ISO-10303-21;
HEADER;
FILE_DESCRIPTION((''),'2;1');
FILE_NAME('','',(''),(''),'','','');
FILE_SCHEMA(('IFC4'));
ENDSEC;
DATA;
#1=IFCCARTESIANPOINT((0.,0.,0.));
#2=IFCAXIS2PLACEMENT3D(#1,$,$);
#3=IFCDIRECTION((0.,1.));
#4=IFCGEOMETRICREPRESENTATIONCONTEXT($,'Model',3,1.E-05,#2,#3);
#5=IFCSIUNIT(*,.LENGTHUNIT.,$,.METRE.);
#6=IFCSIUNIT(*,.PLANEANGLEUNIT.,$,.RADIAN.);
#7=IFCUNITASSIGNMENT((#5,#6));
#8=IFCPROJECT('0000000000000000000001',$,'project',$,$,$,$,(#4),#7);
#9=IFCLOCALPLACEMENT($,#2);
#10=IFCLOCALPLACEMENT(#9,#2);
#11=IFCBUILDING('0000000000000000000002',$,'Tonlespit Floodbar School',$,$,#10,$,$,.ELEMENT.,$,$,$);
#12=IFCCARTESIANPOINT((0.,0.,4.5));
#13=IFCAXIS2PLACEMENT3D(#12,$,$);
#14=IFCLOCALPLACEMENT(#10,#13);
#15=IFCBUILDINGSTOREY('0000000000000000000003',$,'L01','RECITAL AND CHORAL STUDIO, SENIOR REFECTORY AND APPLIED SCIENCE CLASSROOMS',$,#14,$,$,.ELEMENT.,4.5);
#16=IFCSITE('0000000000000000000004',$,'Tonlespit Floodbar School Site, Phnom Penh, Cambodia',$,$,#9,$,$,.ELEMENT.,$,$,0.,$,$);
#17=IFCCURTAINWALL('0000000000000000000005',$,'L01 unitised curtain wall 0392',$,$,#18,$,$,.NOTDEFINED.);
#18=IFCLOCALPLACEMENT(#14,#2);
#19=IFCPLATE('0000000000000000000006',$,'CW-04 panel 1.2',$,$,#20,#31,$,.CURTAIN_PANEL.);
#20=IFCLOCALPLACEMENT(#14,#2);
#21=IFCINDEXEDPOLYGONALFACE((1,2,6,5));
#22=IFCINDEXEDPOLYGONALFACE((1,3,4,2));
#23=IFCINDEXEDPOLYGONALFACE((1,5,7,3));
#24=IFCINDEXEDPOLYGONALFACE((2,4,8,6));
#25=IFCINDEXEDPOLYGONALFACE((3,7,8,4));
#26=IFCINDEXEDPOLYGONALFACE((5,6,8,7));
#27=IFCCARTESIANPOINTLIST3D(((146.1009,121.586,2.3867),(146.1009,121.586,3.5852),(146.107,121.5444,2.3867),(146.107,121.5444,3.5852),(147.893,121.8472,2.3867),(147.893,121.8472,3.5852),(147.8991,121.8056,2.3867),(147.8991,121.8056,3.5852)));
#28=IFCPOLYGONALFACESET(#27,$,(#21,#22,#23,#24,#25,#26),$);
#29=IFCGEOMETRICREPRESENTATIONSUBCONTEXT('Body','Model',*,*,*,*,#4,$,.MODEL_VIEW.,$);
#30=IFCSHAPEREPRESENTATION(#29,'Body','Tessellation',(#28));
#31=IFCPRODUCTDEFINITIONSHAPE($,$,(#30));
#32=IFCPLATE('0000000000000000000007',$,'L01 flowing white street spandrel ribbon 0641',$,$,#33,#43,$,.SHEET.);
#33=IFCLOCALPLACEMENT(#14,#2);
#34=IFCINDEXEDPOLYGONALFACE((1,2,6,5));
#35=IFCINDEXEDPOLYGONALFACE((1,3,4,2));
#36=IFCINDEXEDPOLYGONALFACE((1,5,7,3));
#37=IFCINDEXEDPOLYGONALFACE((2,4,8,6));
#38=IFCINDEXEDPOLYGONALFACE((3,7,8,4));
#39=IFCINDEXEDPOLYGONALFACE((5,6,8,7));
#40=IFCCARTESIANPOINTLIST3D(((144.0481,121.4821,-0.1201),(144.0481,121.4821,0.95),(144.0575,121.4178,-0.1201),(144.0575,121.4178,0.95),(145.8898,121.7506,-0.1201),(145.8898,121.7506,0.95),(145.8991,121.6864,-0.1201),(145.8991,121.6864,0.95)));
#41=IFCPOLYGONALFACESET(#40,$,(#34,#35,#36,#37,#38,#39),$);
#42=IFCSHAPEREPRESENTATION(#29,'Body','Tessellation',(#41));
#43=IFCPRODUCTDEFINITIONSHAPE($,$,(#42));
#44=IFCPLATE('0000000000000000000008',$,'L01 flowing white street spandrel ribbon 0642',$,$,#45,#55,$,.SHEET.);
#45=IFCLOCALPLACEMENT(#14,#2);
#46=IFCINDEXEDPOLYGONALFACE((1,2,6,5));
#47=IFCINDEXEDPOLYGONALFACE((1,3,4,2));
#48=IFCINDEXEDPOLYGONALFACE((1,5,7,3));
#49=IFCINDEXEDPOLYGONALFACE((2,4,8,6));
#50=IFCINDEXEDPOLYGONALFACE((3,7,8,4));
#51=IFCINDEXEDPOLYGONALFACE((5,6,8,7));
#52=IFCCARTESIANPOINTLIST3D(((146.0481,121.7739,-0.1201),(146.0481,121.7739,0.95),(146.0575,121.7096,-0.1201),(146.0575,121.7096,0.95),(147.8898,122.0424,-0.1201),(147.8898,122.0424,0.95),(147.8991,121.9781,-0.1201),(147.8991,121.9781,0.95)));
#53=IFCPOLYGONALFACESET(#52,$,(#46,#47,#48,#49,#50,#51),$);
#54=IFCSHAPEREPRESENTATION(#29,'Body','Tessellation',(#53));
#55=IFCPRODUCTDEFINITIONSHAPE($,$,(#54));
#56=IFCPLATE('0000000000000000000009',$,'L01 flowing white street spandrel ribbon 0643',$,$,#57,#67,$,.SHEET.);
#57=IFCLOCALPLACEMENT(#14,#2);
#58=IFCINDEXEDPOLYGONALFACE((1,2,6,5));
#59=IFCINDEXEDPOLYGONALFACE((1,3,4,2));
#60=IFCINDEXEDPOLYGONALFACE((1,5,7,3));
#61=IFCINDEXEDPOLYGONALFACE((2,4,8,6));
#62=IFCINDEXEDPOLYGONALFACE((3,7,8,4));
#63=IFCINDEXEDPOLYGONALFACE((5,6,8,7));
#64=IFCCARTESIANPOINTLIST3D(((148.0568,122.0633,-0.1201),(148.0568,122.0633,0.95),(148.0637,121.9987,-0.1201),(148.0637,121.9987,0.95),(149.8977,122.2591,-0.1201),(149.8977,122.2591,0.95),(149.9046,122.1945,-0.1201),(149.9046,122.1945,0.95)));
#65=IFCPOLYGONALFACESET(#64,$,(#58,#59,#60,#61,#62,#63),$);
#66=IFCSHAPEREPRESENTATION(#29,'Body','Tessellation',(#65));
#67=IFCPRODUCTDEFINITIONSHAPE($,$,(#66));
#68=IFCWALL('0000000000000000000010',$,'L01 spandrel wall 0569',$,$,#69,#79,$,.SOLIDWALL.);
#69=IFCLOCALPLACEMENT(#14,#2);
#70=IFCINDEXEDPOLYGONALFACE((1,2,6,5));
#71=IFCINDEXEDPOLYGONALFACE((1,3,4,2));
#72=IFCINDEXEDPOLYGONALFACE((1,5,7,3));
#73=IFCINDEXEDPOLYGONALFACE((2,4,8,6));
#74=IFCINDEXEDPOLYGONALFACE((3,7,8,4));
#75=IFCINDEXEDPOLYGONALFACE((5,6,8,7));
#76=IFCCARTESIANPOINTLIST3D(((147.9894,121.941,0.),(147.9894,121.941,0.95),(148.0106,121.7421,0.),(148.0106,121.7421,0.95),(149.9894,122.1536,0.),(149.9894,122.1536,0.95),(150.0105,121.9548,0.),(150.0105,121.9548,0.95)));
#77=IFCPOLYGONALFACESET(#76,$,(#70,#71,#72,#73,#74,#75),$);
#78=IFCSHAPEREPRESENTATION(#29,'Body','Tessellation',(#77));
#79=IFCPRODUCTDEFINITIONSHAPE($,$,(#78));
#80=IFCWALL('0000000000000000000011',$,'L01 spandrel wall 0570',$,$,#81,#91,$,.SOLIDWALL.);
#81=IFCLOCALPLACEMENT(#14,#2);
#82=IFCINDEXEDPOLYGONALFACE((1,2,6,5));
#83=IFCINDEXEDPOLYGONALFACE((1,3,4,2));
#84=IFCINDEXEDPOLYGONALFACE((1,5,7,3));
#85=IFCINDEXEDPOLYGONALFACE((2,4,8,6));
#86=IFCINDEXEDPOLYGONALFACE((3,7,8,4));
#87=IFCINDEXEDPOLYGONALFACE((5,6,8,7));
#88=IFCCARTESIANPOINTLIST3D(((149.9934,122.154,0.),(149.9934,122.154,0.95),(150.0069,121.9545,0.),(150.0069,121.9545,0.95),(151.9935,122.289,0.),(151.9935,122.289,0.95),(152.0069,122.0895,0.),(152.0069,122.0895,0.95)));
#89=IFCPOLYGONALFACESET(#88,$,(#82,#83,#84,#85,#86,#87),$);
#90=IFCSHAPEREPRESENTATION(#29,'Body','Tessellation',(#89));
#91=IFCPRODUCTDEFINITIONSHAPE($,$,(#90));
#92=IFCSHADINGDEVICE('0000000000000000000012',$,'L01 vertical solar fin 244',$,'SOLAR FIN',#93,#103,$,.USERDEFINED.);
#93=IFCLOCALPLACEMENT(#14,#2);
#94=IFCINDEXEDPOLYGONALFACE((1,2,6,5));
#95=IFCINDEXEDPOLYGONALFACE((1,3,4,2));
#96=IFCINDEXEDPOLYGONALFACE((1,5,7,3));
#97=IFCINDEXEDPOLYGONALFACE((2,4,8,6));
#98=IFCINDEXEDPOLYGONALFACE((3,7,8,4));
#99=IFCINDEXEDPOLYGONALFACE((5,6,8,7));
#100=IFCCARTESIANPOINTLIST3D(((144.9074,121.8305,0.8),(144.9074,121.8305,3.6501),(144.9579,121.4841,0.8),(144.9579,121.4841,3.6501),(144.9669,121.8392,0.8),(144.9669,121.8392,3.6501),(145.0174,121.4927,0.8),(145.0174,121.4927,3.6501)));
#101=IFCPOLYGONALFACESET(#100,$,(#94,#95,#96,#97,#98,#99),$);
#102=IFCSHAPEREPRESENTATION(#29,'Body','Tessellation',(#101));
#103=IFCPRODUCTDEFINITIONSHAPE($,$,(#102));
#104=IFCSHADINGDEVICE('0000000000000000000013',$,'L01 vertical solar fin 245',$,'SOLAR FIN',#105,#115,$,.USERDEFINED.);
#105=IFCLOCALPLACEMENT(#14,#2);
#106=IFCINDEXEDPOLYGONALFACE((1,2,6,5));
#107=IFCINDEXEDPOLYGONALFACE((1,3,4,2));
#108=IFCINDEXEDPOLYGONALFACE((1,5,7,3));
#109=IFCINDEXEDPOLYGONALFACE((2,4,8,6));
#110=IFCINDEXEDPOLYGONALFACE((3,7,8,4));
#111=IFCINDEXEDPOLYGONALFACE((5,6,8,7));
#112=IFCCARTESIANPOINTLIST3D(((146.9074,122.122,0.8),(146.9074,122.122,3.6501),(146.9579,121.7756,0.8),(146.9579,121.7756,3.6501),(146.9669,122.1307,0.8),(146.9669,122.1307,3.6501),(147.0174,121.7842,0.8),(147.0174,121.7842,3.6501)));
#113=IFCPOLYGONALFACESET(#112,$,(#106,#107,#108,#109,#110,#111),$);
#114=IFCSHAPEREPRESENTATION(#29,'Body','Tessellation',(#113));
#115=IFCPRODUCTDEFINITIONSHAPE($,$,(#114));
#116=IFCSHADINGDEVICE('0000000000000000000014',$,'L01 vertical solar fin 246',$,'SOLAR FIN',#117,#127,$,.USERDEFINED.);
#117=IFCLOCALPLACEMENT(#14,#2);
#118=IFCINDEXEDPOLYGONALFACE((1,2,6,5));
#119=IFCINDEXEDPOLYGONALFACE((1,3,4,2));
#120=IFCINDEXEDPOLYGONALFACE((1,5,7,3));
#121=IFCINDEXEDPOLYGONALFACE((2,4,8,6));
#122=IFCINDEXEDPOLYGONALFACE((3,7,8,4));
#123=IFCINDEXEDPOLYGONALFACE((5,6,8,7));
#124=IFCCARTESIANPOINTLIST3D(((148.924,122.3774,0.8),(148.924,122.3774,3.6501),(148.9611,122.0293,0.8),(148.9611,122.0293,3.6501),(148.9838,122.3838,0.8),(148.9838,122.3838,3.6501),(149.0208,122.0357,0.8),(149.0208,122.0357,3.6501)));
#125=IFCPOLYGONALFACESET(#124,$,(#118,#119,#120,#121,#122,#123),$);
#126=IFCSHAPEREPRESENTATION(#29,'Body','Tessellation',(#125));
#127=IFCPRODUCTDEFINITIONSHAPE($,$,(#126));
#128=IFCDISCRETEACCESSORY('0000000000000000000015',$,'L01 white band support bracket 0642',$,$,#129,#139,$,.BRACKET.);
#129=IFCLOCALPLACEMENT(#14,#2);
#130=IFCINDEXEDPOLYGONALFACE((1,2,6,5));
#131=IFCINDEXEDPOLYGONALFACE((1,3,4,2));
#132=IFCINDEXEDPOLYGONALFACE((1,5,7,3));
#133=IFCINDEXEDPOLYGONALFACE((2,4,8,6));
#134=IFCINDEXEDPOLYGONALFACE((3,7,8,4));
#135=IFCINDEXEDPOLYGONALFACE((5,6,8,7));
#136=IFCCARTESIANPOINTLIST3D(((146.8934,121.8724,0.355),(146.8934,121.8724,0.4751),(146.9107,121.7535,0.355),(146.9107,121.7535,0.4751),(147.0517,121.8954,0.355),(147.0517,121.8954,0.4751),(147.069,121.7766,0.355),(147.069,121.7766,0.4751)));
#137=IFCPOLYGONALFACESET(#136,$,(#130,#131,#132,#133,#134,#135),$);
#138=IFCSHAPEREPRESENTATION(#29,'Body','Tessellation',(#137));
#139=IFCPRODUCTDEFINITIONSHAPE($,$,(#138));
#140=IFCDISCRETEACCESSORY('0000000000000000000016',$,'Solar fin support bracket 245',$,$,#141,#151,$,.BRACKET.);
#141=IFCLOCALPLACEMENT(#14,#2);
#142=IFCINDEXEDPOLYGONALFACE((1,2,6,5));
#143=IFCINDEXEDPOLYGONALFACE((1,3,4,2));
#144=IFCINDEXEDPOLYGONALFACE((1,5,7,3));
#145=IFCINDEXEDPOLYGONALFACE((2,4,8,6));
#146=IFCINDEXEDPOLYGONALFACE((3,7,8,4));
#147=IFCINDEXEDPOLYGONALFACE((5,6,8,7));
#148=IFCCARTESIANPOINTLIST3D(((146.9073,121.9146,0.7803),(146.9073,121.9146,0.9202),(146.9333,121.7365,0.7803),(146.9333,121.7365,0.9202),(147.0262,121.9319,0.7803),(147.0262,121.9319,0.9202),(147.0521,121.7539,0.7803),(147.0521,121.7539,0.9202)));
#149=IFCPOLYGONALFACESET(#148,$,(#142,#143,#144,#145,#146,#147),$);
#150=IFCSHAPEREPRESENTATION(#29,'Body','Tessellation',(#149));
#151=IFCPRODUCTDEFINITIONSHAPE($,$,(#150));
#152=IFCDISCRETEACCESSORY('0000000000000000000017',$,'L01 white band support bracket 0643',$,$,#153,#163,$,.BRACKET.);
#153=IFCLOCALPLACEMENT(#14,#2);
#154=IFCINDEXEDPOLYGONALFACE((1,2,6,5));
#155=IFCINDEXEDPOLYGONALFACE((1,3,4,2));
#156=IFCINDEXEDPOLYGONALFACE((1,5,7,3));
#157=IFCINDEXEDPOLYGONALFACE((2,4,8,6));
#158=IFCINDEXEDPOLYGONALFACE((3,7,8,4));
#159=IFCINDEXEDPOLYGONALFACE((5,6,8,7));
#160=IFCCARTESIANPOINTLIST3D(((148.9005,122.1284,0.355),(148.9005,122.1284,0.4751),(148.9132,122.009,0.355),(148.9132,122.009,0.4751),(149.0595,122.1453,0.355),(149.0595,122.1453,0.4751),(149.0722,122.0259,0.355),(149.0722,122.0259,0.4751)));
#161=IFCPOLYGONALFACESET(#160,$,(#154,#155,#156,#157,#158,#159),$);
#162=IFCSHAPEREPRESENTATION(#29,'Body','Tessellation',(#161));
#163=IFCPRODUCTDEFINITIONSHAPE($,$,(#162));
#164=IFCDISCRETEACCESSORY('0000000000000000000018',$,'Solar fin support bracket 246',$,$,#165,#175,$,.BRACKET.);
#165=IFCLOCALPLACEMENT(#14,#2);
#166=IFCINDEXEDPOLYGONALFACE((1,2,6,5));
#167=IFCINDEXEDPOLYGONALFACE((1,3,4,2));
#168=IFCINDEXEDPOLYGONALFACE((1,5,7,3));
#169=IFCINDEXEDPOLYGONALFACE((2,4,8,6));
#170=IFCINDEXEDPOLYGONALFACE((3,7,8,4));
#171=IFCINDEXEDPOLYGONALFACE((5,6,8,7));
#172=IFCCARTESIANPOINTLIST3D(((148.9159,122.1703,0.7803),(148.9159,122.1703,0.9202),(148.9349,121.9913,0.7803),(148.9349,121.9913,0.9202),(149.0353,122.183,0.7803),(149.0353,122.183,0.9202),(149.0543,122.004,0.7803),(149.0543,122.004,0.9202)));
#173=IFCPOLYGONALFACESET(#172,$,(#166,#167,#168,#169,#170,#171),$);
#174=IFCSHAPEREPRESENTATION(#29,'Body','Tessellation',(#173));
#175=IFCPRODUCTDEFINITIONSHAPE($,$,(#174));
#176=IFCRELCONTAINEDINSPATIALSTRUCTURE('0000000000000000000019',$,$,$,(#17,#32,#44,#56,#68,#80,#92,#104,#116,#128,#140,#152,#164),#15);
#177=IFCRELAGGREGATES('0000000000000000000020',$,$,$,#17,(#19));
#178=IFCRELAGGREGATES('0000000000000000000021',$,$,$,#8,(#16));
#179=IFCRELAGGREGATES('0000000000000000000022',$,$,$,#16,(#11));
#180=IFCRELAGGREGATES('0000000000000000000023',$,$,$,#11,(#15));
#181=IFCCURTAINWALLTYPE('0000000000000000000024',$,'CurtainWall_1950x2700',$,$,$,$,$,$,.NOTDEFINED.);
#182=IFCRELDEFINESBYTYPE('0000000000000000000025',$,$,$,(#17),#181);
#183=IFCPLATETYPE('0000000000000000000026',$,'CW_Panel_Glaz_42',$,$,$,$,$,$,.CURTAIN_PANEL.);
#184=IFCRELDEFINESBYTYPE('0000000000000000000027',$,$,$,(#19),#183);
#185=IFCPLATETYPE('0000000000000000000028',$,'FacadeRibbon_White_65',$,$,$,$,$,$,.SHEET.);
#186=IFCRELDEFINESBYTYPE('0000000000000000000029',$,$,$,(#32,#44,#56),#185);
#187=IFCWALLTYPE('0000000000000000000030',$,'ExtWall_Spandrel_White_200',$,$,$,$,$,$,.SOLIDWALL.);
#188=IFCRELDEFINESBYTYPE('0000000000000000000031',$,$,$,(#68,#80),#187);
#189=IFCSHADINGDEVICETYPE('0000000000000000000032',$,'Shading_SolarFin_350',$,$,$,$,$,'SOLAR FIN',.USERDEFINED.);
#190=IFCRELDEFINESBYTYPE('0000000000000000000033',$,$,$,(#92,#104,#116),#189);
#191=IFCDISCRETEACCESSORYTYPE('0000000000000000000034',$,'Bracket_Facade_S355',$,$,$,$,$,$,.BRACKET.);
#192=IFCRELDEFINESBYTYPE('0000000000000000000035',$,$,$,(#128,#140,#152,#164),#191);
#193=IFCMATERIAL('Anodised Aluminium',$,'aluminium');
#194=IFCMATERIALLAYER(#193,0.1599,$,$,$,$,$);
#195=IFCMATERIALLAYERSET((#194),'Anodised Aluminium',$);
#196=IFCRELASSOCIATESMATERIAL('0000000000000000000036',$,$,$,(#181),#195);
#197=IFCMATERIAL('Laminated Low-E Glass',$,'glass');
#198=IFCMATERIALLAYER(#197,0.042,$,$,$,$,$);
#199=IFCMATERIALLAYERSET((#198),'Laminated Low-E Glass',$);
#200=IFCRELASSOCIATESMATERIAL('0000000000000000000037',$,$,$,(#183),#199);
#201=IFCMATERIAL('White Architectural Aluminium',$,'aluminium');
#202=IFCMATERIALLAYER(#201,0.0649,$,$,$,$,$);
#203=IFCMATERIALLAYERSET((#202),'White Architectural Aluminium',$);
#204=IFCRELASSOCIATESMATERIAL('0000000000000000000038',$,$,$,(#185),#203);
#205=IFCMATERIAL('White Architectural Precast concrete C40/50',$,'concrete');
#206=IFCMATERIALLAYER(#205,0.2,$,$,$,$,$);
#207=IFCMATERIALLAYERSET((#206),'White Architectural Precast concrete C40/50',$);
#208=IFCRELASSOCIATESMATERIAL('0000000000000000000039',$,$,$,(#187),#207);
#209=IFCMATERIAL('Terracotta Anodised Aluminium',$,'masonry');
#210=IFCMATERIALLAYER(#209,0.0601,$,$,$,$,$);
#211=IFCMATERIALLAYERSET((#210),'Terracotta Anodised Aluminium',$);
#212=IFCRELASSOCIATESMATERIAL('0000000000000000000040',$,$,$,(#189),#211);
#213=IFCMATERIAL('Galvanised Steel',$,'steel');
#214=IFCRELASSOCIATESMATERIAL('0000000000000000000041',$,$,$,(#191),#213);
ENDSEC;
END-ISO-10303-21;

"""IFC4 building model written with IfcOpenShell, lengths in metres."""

from ifc_helpers import new_model, si_unit, direction, frame, frame_2d, origin, origin_2d, place, context, subcontext, project, spatial, rectangle, extrude, material, layer, layer_set, type_object, element, aggregate, save


model = new_model("IFC4")

# Units and contexts
model_context = context("Model", 3, precision=1e-05, world=origin(), true_north=direction((0.0, 1.0)))
body_context = subcontext(model_context, "Body", "Model", "MODEL_VIEW")
ifc_project = project(units=[si_unit("LENGTHUNIT", "METRE"), si_unit("PLANEANGLEUNIT", "RADIAN")], contexts=[model_context])

# Site, building, storey
site_placement = place(None, origin())
site = spatial("IfcSite", under=ifc_project, at=site_placement, Name="Tonlespit Floodbar School Site, Phnom Penh, Cambodia", CompositionType="ELEMENT", RefElevation=0.0)
building_placement = place(site_placement, origin())
building = spatial("IfcBuilding", under=site, at=building_placement, Name="Tonlespit Floodbar School", CompositionType="ELEMENT")
storey_placement = place(building_placement, frame((0.0, 0.0, 4.5)))
storey = spatial("IfcBuildingStorey", under=building, at=storey_placement, Name="L01", Description="RECITAL AND CHORAL STUDIO, SENIOR REFECTORY AND APPLIED SCIENCE CLASSROOMS", CompositionType="ELEMENT", Elevation=4.5)

# Curtain wall
ifc_material_1 = material(Name="Anodised Aluminium", Category="aluminium")
ifc_layer_1 = layer(ifc_material_1, 0.1599)
ifc_layer_set_1 = layer_set([ifc_layer_1], Name="Anodised Aluminium")
curtain_wall_type_1 = type_object("IfcCurtainWallType", Name="CurtainWall_1950x2700", PredefinedType="NOTDEFINED", material=ifc_layer_set_1)
curtain_wall_1_placement = place(storey_placement, origin())
curtain_wall_1 = element("IfcCurtainWall", 1, at=curtain_wall_1_placement, inside=storey, type_object=curtain_wall_type_1, Name="L01 unitised curtain wall 0392", PredefinedType="NOTDEFINED")

# Plate
ifc_material_2 = material(Name="Laminated Low-E Glass", Category="glass")
ifc_layer_2 = layer(ifc_material_2, 0.042)
ifc_layer_set_2 = layer_set([ifc_layer_2], Name="Laminated Low-E Glass")
plate_type_1 = type_object("IfcPlateType", Name="CW_Panel_Glaz_42", PredefinedType="CURTAIN_PANEL", material=ifc_layer_set_2)
plate_1_placement = place(storey_placement, frame((147.0, 121.6958, 2.3867), z_axis=(0.0, 0.0, 1.0), x_axis=(0.989542, 0.144248, 0.0)))
plate_1 = element("IfcPlate", 2, at=plate_1_placement, type_object=plate_type_1, Name="CW-04 panel 1.2", PredefinedType="CURTAIN_PANEL", context=body_context, shape_type="SweptSolid", body=[
    extrude(rectangle(XDim=1.811, YDim=0.042, at=origin_2d()), origin(), (0.0, 0.0, 1.0), 1.1985),
])
aggregate(curtain_wall_1, [plate_1])

# Plates
ifc_material_3 = material(Name="White Architectural Aluminium", Category="aluminium")
ifc_layer_3 = layer(ifc_material_3, 0.0649)
ifc_layer_set_3 = layer_set([ifc_layer_3], Name="White Architectural Aluminium")
plate_type_2 = type_object("IfcPlateType", Name="FacadeRibbon_White_65", PredefinedType="SHEET", material=ifc_layer_set_3)
for number, where, z_axis, x_axis, name in (
    (3, (144.9736, 121.5842, -0.1201), (0.0, 0.0, 1.0), (0.989538, 0.144275, 0.0), "L01 flowing white street spandrel ribbon 0641"),
    (4, (146.9736, 121.876, -0.1201), (0.0, 0.0, 1.0), (0.989538, 0.144275, 0.0), "L01 flowing white street spandrel ribbon 0642"),
):
    element("IfcPlate", number, at=place(storey_placement, frame(where, z_axis=z_axis, x_axis=x_axis)), inside=storey, type_object=plate_type_2, Name=name, PredefinedType="SHEET", context=body_context, shape_type="SweptSolid", body=[
        extrude(rectangle(XDim=1.8611, YDim=0.0649, at=origin_2d()), origin(), (0.0, 0.0, 1.0), 1.0701),
    ])
plate_2_placement = place(storey_placement, frame((148.9807, 122.1289, -0.1201), z_axis=(0.0, 0.0, 1.0), x_axis=(0.994392, 0.105754, 0.0)))
element("IfcPlate", 5, at=plate_2_placement, inside=storey, type_object=plate_type_2, Name="L01 flowing white street spandrel ribbon 0643", PredefinedType="SHEET", context=body_context, shape_type="SweptSolid", body=[
    extrude(rectangle(XDim=1.8513, YDim=0.0649, at=origin_2d()), origin(), (0.0, 0.0, 1.0), 1.0701),
])

# Walls
ifc_material_4 = material(Name="White Architectural Precast concrete C40/50", Category="concrete")
ifc_layer_4 = layer(ifc_material_4, 0.2)
ifc_layer_set_4 = layer_set([ifc_layer_4], Name="White Architectural Precast concrete C40/50")
wall_type = type_object("IfcWallType", Name="ExtWall_Spandrel_White_200", PredefinedType="SOLIDWALL", material=ifc_layer_set_4)
wall_1_placement = place(storey_placement, frame((148.0, 121.8416, 0.0), z_axis=(0.0, 0.0, 1.0), x_axis=(0.994395, 0.105727, 0.0)))
element("IfcWall", 6, at=wall_1_placement, inside=storey, type_object=wall_type, Name="L01 spandrel wall 0569", PredefinedType="SOLIDWALL", context=body_context, shape_type="SweptSolid", body=[
    extrude(rectangle(XDim=2.0112, YDim=0.2, at=frame_2d((1.0056, 0.0))), origin(), (0.0, 0.0, 1.0), 0.95),
])
wall_2_placement = place(storey_placement, frame((150.0, 122.0542, 0.0), z_axis=(0.0, 0.0, 1.0), x_axis=(0.997729, 0.067352, 0.0)))
element("IfcWall", 7, at=wall_2_placement, inside=storey, type_object=wall_type, Name="L01 spandrel wall 0570", PredefinedType="SOLIDWALL", context=body_context, shape_type="SweptSolid", body=[
    extrude(rectangle(XDim=2.0046, YDim=0.2, at=frame_2d((1.0024, 0.0))), origin(), (0.0, 0.0, 1.0), 0.95),
])

# Shading devices
ifc_material_5 = material(Name="Terracotta Anodised Aluminium", Category="masonry")
ifc_layer_5 = layer(ifc_material_5, 0.0601)
ifc_layer_set_5 = layer_set([ifc_layer_5], Name="Terracotta Anodised Aluminium")
shading_device_type = type_object("IfcShadingDeviceType", Name="Shading_SolarFin_350", ElementType="SOLAR FIN", PredefinedType="USERDEFINED", material=ifc_layer_set_5)
for number, where, z_axis, x_axis, name in (
    (8, (144.9624, 121.6616, 0.8), (0.0, 0.0, 1.0), (0.989538, 0.144275, 0.0), "L01 vertical solar fin 244"),
    (9, (146.9624, 121.9531, 0.8), (0.0, 0.0, 1.0), (0.989538, 0.144275, 0.0), "L01 vertical solar fin 245"),
    (10, (148.9724, 122.2065, 0.8), (0.0, 0.0, 1.0), (0.994392, 0.105754, 0.0), "L01 vertical solar fin 246"),
):
    element("IfcShadingDevice", number, at=place(storey_placement, frame(where, z_axis=z_axis, x_axis=x_axis)), inside=storey, type_object=shading_device_type, Name=name, ObjectType="SOLAR FIN", PredefinedType="USERDEFINED", context=body_context, shape_type="SweptSolid", body=[
        extrude(rectangle(XDim=0.0601, YDim=0.3501, at=origin_2d()), origin(), (0.0, 0.0, 1.0), 2.8501),
    ])

# Discrete accessories
ifc_material_6 = material(Name="Galvanised Steel", Category="steel")
discrete_accessory_type = type_object("IfcDiscreteAccessoryType", Name="Bracket_Facade_S355", PredefinedType="BRACKET", material=ifc_material_6)
discrete_accessory_1_placement = place(storey_placement, frame((146.9812, 121.8245, 0.355), z_axis=(0.0, 0.0, 1.0), x_axis=(0.989538, 0.144275, 0.0)))
element("IfcDiscreteAccessory", 11, at=discrete_accessory_1_placement, inside=storey, type_object=discrete_accessory_type, Name="L01 white band support bracket 0642", PredefinedType="BRACKET", context=body_context, shape_type="SweptSolid", body=[
    extrude(rectangle(XDim=0.1599, YDim=0.1201, at=origin_2d()), origin(), (0.0, 0.0, 1.0), 0.1201),
])
discrete_accessory_2_placement = place(storey_placement, frame((146.9797, 121.8342, 0.7803), z_axis=(0.0, 0.0, 1.0), x_axis=(0.989538, 0.144275, 0.0)))
element("IfcDiscreteAccessory", 12, at=discrete_accessory_2_placement, inside=storey, type_object=discrete_accessory_type, Name="Solar fin support bracket 245", PredefinedType="BRACKET", context=body_context, shape_type="SweptSolid", body=[
    extrude(rectangle(XDim=0.1201, YDim=0.1799, at=origin_2d()), origin(), (0.0, 0.0, 1.0), 0.1399),
])
discrete_accessory_3_placement = place(storey_placement, frame((148.9863, 122.0771, 0.355), z_axis=(0.0, 0.0, 1.0), x_axis=(0.994392, 0.105754, 0.0)))
element("IfcDiscreteAccessory", 13, at=discrete_accessory_3_placement, inside=storey, type_object=discrete_accessory_type, Name="L01 white band support bracket 0643", PredefinedType="BRACKET", context=body_context, shape_type="SweptSolid", body=[
    extrude(rectangle(XDim=0.1599, YDim=0.1201, at=origin_2d()), origin(), (0.0, 0.0, 1.0), 0.1201),
])
discrete_accessory_4_placement = place(storey_placement, frame((148.9851, 122.0872, 0.7803), z_axis=(0.0, 0.0, 1.0), x_axis=(0.994392, 0.105754, 0.0)))
element("IfcDiscreteAccessory", 14, at=discrete_accessory_4_placement, inside=storey, type_object=discrete_accessory_type, Name="Solar fin support bracket 246", PredefinedType="BRACKET", context=body_context, shape_type="SweptSolid", body=[
    extrude(rectangle(XDim=0.1201, YDim=0.1799, at=origin_2d()), origin(), (0.0, 0.0, 1.0), 0.1399),
])

save(model, "model.ifc")
